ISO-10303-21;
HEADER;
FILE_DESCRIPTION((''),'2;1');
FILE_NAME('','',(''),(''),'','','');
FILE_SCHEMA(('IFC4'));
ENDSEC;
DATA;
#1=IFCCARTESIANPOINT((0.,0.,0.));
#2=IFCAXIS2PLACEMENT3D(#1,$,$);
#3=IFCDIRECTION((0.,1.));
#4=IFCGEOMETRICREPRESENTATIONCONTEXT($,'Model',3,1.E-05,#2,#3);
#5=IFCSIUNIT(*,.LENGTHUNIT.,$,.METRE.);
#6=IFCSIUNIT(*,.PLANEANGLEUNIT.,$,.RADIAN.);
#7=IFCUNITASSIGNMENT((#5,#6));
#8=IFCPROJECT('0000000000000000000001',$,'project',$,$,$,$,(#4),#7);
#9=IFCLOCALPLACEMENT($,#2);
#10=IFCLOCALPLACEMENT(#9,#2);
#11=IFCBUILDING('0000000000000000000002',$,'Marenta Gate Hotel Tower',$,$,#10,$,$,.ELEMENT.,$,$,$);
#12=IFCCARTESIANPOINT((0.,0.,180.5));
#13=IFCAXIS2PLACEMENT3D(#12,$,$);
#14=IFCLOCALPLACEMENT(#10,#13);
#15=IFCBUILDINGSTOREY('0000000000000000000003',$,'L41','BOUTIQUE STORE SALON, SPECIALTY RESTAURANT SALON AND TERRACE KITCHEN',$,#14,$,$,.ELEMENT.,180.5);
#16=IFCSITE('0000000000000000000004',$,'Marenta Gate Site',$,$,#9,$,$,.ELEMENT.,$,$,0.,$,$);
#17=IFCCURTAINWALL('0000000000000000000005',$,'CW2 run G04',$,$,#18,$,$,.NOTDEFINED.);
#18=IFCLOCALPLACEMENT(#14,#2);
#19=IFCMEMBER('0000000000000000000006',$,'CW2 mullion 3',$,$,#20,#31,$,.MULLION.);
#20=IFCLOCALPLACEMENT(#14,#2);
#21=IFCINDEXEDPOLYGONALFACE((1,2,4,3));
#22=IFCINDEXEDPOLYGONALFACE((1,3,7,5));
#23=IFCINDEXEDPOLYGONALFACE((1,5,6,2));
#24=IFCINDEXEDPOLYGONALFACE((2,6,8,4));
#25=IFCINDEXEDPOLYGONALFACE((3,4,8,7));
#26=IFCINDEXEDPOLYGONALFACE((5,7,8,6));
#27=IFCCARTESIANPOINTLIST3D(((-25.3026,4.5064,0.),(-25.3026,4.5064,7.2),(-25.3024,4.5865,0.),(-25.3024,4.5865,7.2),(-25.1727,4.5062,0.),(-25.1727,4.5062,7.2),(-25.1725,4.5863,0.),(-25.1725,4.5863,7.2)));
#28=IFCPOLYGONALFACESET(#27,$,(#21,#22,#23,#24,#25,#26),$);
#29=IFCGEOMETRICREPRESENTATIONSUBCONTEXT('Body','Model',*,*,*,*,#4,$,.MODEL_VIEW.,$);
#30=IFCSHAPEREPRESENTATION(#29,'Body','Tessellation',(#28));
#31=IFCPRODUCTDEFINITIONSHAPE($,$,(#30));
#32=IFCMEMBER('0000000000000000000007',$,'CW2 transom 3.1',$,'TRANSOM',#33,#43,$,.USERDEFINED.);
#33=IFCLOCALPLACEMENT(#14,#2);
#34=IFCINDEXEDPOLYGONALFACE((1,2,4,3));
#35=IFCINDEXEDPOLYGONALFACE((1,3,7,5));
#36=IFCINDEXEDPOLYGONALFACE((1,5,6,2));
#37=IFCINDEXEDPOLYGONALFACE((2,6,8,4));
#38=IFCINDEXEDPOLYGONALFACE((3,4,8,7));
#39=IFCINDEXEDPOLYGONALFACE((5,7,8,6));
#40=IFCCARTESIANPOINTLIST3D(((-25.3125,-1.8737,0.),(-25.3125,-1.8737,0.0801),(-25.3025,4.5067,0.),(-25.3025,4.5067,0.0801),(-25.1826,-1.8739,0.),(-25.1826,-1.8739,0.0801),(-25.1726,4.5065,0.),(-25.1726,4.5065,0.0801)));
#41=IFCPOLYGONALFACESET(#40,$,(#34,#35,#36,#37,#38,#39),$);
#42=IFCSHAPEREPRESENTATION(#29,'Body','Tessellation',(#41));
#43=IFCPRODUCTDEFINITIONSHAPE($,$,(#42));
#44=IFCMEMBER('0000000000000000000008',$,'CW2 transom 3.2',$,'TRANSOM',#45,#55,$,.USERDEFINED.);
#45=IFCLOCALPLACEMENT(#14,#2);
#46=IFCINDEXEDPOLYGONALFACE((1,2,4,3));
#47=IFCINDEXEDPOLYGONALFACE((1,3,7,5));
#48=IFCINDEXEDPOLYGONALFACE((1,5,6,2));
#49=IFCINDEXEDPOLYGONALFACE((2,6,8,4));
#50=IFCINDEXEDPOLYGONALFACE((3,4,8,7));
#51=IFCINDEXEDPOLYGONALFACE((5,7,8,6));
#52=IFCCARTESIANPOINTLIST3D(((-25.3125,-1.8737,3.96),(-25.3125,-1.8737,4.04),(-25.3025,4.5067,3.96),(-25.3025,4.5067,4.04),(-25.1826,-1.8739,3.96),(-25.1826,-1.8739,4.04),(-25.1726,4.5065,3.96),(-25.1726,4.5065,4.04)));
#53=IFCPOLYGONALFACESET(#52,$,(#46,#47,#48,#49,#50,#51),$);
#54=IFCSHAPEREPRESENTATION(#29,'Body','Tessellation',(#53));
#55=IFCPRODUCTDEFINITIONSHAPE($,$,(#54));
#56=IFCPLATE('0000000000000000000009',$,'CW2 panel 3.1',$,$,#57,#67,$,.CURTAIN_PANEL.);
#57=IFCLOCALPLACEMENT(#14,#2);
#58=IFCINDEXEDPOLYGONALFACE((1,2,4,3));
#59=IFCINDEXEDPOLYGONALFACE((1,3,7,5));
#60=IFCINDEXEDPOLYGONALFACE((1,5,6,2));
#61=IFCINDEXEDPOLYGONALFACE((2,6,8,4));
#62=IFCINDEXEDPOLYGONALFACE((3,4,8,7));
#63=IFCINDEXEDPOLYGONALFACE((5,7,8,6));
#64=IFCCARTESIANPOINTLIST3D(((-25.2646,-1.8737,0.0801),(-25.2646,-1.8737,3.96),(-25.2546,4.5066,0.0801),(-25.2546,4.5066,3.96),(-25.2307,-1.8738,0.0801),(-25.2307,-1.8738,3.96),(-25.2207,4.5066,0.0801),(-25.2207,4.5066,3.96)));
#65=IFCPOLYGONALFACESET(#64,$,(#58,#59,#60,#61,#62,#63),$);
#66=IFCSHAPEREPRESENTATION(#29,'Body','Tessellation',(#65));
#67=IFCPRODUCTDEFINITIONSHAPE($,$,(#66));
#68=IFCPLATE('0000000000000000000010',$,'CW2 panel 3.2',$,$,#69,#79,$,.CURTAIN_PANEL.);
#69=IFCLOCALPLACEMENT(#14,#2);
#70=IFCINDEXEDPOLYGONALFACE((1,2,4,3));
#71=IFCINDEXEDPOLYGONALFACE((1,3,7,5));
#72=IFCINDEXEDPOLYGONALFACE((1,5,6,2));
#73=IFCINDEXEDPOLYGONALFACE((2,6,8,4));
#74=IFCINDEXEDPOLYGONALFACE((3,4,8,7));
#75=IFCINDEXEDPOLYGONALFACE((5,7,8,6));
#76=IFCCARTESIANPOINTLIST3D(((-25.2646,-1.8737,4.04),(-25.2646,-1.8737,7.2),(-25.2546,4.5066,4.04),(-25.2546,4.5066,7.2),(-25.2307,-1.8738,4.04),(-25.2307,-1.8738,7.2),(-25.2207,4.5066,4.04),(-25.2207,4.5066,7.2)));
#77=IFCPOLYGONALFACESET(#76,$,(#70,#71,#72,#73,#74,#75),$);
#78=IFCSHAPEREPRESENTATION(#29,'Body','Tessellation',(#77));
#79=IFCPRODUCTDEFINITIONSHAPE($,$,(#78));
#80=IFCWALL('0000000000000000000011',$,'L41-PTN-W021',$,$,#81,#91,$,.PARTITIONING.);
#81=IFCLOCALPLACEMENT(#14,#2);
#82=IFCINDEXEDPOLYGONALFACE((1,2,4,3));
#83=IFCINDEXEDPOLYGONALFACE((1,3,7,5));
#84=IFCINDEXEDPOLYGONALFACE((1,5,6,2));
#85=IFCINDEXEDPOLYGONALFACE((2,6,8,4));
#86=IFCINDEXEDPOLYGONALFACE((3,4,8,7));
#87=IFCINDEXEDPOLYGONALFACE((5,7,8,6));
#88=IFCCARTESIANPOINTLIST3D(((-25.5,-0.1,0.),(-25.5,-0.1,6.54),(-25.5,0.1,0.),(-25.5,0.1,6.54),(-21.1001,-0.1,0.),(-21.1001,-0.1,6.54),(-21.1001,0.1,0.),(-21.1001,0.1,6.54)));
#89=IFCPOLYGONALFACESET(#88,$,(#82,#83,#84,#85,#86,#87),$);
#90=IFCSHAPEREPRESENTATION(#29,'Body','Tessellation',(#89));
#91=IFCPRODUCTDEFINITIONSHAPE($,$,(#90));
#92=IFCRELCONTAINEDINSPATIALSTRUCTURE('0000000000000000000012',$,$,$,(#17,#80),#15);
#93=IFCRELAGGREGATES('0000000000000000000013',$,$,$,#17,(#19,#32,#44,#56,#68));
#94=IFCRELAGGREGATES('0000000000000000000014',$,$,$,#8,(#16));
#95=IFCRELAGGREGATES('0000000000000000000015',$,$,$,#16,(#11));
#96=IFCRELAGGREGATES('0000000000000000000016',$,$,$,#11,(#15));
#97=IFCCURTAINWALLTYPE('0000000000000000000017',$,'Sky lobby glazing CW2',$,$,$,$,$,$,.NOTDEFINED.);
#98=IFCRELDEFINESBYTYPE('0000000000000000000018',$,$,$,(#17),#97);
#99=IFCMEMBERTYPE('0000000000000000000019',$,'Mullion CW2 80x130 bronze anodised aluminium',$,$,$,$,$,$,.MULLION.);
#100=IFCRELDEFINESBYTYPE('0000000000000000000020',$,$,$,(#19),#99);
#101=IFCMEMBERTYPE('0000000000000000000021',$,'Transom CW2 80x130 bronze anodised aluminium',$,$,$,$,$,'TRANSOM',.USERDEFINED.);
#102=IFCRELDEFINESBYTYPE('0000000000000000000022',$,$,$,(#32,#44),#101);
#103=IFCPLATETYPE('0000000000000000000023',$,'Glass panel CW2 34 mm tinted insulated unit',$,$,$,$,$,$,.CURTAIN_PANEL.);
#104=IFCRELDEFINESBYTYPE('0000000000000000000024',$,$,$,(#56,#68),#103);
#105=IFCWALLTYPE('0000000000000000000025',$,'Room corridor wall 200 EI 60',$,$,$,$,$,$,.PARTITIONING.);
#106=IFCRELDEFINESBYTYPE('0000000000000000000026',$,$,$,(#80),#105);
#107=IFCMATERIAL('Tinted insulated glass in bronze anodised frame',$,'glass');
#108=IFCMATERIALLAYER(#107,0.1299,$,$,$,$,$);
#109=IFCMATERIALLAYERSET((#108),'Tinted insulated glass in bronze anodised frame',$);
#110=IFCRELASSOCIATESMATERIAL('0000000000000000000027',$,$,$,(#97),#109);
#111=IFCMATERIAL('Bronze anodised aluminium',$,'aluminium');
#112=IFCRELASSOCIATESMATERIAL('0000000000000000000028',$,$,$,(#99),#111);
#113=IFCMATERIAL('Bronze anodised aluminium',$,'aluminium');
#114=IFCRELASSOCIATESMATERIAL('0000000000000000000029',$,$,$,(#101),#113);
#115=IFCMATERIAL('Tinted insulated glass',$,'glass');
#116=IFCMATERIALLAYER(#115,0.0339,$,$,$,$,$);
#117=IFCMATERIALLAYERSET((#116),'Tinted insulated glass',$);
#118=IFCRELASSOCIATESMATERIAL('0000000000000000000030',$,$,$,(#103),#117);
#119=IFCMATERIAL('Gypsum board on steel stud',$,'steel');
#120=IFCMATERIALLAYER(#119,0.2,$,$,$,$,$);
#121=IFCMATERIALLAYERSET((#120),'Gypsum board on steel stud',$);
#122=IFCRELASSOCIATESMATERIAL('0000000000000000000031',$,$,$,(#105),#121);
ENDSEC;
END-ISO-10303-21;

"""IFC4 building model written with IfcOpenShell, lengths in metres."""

from ifc_helpers import new_model, si_unit, direction, frame, frame_2d, origin, origin_2d, place, context, subcontext, project, spatial, rectangle, extrude, material, layer, layer_set, material_profile, profile_set, type_object, element, aggregate, save


model = new_model("IFC4")

# Units and contexts
model_context = context("Model", 3, precision=1e-05, world=origin(), true_north=direction((0.0, 1.0)))
body_context = subcontext(model_context, "Body", "Model", "MODEL_VIEW")
ifc_project = project(units=[si_unit("LENGTHUNIT", "METRE"), si_unit("PLANEANGLEUNIT", "RADIAN")], contexts=[model_context])

# Site, building, storey
site_placement = place(None, origin())
site = spatial("IfcSite", under=ifc_project, at=site_placement, Name="Marenta Gate Site", CompositionType="ELEMENT", RefElevation=0.0)
building_placement = place(site_placement, origin())
building = spatial("IfcBuilding", under=site, at=building_placement, Name="Marenta Gate Hotel Tower", CompositionType="ELEMENT")
storey_placement = place(building_placement, frame((0.0, 0.0, 180.5)))
storey = spatial("IfcBuildingStorey", under=building, at=storey_placement, Name="L41", Description="BOUTIQUE STORE SALON, SPECIALTY RESTAURANT SALON AND TERRACE KITCHEN", CompositionType="ELEMENT", Elevation=180.5)

# Curtain wall, members, plates
ifc_material_1 = material(Name="Tinted insulated glass in bronze anodised frame", Category="glass")
ifc_layer_1 = layer(ifc_material_1, 0.1299)
ifc_layer_set_1 = layer_set([ifc_layer_1], Name="Tinted insulated glass in bronze anodised frame")
curtain_wall_type = type_object("IfcCurtainWallType", Name="Sky lobby glazing CW2", PredefinedType="NOTDEFINED", material=ifc_layer_set_1)
curtain_wall_placement = place(storey_placement, origin())
curtain_wall = element("IfcCurtainWall", 1, at=curtain_wall_placement, inside=storey, type_object=curtain_wall_type, Name="CW2 run G04", PredefinedType="NOTDEFINED")
ifc_material_2 = material(Name="Bronze anodised aluminium", Category="aluminium")
ifc_material_profile_1 = material_profile(ifc_material_2, rectangle(XDim=0.1299, YDim=0.0801, at=origin_2d()), Name="Mullion CW2 80x130 bronze anodised aluminium")
ifc_profile_set_1 = profile_set([ifc_material_profile_1], Name="Bronze anodised aluminium")
member_type_1 = type_object("IfcMemberType", Name="Mullion CW2 80x130 bronze anodised aluminium", PredefinedType="MULLION", material=ifc_profile_set_1)
member_1_placement = place(storey_placement, frame((-25.2375, 4.5464, 0.0), z_axis=(0.0, 0.0, 1.0), x_axis=(0.999999, -0.001566, 0.0)))
member_1 = element("IfcMember", 2, at=member_1_placement, type_object=member_type_1, Name="CW2 mullion 3", PredefinedType="MULLION", context=body_context, shape_type="SweptSolid", body=[
    extrude(rectangle(XDim=0.1299, YDim=0.0801, at=origin_2d()), origin(), (0.0, 0.0, 1.0), 7.2),
])
ifc_material_3 = material(Name="Bronze anodised aluminium", Category="aluminium")
ifc_material_profile_2 = material_profile(ifc_material_3, rectangle(XDim=0.1299, YDim=0.0801, at=origin_2d()), Name="Transom CW2 80x130 bronze anodised aluminium")
ifc_profile_set_2 = profile_set([ifc_material_profile_2], Name="Bronze anodised aluminium")
member_type_2 = type_object("IfcMemberType", Name="Transom CW2 80x130 bronze anodised aluminium", ElementType="TRANSOM", PredefinedType="USERDEFINED", material=ifc_profile_set_2)
member_2_placement = place(storey_placement, frame((-25.2375, 4.5066, 0.04), z_axis=(-0.001569, -0.999999, 0.0), x_axis=(0.999999, -0.001569, 0.0)))
member_2 = element("IfcMember", 3, at=member_2_placement, type_object=member_type_2, Name="CW2 transom 3.1", ObjectType="TRANSOM", PredefinedType="USERDEFINED", context=body_context, shape_type="SweptSolid", body=[
    extrude(rectangle(XDim=0.1299, YDim=0.0801, at=origin_2d()), origin(), (0.0, 0.0, 1.0), 6.3804),
])
member_3_placement = place(storey_placement, frame((-25.2375, 4.5066, 4.0), z_axis=(-0.001569, -0.999999, 0.0), x_axis=(0.999999, -0.001569, 0.0)))
member_3 = element("IfcMember", 4, at=member_3_placement, type_object=member_type_2, Name="CW2 transom 3.2", ObjectType="TRANSOM", PredefinedType="USERDEFINED", context=body_context, shape_type="SweptSolid", body=[
    extrude(rectangle(XDim=0.1299, YDim=0.0801, at=origin_2d()), origin(), (0.0, 0.0, 1.0), 6.3804),
])
ifc_material_4 = material(Name="Tinted insulated glass", Category="glass")
ifc_layer_2 = layer(ifc_material_4, 0.0339)
ifc_layer_set_2 = layer_set([ifc_layer_2], Name="Tinted insulated glass")
plate_type = type_object("IfcPlateType", Name="Glass panel CW2 34 mm tinted insulated unit", PredefinedType="CURTAIN_PANEL", material=ifc_layer_set_2)
plate_1_placement = place(storey_placement, frame((-25.2427, 1.3164, 0.0801), z_axis=(0.0, 0.0, 1.0), x_axis=(-0.001566, -0.999999, 0.0)))
plate_1 = element("IfcPlate", 5, at=plate_1_placement, type_object=plate_type, Name="CW2 panel 3.1", PredefinedType="CURTAIN_PANEL", context=body_context, shape_type="SweptSolid", body=[
    extrude(rectangle(XDim=6.3804, YDim=0.0339, at=origin_2d()), origin(), (0.0, 0.0, 1.0), 3.8799),
])
plate_2_placement = place(storey_placement, frame((-25.2427, 1.3164, 4.04), z_axis=(0.0, 0.0, 1.0), x_axis=(-0.001566, -0.999999, 0.0)))
plate_2 = element("IfcPlate", 6, at=plate_2_placement, type_object=plate_type, Name="CW2 panel 3.2", PredefinedType="CURTAIN_PANEL", context=body_context, shape_type="SweptSolid", body=[
    extrude(rectangle(XDim=6.3804, YDim=0.0339, at=origin_2d()), origin(), (0.0, 0.0, 1.0), 3.1599),
])
aggregate(curtain_wall, [member_1, member_2, member_3, plate_1, plate_2])

# Wall
ifc_material_5 = material(Name="Gypsum board on steel stud", Category="steel")
ifc_layer_3 = layer(ifc_material_5, 0.2)
ifc_layer_set_3 = layer_set([ifc_layer_3], Name="Gypsum board on steel stud")
wall_type_1 = type_object("IfcWallType", Name="Room corridor wall 200 EI 60", PredefinedType="PARTITIONING", material=ifc_layer_set_3)
wall_1_placement = place(storey_placement, frame((-25.5, 0.0, 0.0), z_axis=(0.0, 0.0, 1.0), x_axis=(1.0, 0.0, 0.0)))
element("IfcWall", 7, at=wall_1_placement, inside=storey, type_object=wall_type_1, Name="L41-PTN-W021", PredefinedType="PARTITIONING", context=body_context, shape_type="SweptSolid", body=[
    extrude(rectangle(XDim=4.3999, YDim=0.2, at=frame_2d((2.2, 0.0))), origin(), (0.0, 0.0, 1.0), 6.54),
])

save(model, "model.ifc")
